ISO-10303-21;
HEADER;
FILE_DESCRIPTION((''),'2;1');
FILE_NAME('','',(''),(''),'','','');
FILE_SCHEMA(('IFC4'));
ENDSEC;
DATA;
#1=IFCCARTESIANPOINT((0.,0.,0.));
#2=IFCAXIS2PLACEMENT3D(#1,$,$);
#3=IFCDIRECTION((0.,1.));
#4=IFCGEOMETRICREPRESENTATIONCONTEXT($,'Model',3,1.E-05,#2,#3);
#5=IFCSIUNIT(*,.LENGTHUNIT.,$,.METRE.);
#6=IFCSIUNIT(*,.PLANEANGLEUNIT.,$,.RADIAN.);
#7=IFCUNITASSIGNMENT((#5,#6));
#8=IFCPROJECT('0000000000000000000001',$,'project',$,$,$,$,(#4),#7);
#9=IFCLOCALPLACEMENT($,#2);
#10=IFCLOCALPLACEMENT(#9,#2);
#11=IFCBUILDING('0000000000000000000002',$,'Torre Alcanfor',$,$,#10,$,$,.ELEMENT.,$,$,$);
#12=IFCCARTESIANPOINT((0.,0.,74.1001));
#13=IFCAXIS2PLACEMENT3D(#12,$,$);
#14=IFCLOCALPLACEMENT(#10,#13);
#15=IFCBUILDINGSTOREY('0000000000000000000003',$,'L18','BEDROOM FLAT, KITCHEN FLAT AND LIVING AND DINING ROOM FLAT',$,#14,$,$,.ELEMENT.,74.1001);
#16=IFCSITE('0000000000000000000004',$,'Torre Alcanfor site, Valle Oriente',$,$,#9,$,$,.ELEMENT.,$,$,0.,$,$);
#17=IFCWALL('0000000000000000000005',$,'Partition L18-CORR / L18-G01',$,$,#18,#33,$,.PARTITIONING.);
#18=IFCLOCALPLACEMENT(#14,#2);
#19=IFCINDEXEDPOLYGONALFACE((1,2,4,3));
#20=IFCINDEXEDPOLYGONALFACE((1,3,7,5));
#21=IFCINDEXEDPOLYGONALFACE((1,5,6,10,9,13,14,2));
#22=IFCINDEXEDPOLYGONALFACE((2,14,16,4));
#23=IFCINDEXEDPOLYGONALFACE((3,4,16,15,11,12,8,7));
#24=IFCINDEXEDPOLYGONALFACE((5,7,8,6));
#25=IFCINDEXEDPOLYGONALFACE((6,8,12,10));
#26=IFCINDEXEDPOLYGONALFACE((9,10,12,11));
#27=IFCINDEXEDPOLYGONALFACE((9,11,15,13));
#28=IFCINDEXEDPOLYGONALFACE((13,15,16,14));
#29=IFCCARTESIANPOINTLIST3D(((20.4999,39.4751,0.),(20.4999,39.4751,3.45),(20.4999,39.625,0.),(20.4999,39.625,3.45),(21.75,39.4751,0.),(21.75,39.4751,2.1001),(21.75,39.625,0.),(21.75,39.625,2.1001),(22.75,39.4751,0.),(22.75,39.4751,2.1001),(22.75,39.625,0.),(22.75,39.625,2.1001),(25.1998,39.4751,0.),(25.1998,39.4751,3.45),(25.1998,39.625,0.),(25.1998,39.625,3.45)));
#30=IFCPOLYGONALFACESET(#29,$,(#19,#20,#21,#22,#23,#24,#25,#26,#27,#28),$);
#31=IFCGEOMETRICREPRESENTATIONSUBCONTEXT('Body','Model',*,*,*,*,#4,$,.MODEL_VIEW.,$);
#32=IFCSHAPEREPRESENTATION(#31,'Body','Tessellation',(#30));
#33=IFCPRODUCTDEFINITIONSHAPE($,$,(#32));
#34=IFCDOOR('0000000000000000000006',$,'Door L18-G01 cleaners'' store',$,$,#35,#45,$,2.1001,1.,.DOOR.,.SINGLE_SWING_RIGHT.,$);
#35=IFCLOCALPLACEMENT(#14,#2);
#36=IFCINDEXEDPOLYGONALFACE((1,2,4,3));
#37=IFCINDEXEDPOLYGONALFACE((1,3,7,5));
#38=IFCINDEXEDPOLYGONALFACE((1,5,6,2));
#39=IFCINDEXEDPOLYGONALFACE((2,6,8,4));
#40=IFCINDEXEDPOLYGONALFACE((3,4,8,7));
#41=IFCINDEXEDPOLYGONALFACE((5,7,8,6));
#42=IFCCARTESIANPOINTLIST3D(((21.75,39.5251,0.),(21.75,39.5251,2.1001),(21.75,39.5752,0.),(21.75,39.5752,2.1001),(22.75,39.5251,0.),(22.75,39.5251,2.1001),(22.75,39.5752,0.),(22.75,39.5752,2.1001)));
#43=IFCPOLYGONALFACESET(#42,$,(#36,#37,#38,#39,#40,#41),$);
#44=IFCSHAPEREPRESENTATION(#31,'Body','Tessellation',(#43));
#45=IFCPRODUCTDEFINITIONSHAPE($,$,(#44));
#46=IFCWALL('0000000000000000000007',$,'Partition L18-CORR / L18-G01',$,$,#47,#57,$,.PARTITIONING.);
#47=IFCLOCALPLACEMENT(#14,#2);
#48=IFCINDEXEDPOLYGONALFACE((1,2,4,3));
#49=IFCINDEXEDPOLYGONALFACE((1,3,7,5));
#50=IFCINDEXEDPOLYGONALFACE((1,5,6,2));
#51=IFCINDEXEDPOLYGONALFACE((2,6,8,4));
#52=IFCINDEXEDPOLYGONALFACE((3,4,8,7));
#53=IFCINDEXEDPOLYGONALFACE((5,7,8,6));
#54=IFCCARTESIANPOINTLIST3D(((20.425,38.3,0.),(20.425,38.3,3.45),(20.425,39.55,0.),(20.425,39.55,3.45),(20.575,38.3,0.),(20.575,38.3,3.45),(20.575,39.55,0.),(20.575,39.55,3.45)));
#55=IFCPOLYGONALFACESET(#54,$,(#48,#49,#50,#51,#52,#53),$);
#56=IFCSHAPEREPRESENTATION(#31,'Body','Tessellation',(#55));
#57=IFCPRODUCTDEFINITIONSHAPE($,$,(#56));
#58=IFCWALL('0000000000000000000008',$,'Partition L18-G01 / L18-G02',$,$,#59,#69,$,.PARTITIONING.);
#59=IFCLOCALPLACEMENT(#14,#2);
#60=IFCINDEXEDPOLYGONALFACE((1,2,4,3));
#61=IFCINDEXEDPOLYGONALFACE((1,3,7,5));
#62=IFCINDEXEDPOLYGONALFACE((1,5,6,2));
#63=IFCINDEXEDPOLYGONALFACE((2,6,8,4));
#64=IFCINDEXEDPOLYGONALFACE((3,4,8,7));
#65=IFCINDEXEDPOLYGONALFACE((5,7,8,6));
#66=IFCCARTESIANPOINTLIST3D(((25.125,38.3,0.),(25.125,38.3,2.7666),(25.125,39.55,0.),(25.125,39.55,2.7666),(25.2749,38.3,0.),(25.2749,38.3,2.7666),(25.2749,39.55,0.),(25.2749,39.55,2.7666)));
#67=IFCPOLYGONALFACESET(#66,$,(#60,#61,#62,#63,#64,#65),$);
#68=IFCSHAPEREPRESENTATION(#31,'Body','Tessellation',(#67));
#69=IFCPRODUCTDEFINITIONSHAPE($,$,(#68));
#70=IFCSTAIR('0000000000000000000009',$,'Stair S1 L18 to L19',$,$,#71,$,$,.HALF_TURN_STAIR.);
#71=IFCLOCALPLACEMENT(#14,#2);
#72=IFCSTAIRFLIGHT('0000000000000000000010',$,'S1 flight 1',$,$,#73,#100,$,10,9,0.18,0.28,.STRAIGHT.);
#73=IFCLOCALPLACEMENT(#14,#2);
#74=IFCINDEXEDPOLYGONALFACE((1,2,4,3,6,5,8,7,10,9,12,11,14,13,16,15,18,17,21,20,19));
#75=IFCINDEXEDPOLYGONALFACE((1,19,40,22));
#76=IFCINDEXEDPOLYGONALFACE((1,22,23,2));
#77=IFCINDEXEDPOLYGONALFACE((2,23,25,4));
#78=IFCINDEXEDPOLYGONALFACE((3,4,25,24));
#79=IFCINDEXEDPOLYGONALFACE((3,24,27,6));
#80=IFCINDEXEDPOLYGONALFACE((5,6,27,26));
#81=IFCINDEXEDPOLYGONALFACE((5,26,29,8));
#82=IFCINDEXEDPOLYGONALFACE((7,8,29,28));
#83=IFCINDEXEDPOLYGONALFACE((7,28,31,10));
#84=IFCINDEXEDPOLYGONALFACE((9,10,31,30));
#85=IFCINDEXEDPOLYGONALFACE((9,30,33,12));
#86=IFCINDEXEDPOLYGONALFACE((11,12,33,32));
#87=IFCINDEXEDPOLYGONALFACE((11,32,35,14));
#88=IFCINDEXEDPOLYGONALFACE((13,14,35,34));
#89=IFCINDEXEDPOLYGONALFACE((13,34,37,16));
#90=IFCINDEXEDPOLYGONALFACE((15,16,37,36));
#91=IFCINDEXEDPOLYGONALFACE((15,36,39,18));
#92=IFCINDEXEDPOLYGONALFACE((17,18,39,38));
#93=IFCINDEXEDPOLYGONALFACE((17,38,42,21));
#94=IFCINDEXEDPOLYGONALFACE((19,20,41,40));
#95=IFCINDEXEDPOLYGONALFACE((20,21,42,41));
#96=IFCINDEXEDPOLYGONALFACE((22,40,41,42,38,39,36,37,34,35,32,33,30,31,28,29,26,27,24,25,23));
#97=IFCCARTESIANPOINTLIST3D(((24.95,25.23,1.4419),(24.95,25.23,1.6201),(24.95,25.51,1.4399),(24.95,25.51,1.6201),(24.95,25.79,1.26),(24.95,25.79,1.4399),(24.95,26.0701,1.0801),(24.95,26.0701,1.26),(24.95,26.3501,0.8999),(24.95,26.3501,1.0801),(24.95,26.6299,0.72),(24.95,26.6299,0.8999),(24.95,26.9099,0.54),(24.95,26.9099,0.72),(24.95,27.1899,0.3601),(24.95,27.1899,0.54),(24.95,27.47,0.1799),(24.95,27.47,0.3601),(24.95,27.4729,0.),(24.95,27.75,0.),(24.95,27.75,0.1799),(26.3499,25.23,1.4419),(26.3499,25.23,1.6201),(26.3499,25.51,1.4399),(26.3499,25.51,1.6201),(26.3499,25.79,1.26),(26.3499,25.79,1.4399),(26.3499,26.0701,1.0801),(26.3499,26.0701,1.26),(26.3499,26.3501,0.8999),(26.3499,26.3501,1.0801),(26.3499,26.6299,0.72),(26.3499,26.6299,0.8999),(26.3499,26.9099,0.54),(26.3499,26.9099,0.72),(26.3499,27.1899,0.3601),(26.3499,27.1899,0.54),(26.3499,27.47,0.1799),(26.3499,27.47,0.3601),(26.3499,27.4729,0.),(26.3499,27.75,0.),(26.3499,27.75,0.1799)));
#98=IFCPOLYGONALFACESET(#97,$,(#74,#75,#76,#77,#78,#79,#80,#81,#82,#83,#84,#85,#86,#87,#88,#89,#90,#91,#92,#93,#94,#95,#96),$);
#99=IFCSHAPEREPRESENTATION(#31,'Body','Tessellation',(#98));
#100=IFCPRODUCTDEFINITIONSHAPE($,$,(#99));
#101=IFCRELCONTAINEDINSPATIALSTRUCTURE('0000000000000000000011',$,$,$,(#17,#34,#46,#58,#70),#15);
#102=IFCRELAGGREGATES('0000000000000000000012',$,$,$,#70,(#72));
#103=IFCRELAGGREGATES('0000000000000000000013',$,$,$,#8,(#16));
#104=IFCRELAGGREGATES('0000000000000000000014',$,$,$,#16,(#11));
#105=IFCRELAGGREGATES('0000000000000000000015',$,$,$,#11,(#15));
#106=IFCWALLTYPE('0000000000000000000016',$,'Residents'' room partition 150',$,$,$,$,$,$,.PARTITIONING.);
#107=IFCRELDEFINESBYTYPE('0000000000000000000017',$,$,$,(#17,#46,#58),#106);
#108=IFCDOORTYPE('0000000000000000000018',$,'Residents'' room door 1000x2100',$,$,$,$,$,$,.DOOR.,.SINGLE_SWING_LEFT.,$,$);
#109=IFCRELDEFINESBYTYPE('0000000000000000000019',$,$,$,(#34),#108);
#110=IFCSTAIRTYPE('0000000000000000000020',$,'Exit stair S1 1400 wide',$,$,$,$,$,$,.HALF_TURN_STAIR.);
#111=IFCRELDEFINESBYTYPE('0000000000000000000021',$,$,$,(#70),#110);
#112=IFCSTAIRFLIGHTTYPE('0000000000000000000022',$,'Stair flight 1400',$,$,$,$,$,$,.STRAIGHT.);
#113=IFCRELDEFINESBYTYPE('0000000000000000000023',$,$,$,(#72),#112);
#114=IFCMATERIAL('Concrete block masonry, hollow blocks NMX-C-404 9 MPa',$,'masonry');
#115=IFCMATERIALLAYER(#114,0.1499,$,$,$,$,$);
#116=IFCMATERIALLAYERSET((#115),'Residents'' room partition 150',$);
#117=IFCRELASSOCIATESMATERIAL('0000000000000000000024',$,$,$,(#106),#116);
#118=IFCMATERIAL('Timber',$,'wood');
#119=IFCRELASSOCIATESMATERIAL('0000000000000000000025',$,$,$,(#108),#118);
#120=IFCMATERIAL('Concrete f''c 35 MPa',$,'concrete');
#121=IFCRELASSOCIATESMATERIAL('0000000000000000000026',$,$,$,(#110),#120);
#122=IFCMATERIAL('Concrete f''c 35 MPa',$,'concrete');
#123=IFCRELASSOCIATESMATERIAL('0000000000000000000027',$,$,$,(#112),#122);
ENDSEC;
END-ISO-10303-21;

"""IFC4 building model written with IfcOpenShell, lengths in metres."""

from ifc_helpers import new_model, si_unit, direction, frame, frame_2d, origin, place, context, subcontext, project, spatial, polyline, rectangle, outline, extrude, material, layer, layer_set, type_object, element, fill, aggregate, save


model = new_model("IFC4")

# Units and contexts
model_context = context("Model", 3, precision=1e-05, world=origin(), true_north=direction((0.0, 1.0)))
body_context = subcontext(model_context, "Body", "Model", "MODEL_VIEW")
ifc_project = project(units=[si_unit("LENGTHUNIT", "METRE"), si_unit("PLANEANGLEUNIT", "RADIAN")], contexts=[model_context])

# Site, building, storey
site_placement = place(None, origin())
site = spatial("IfcSite", under=ifc_project, at=site_placement, Name="Torre Alcanfor site, Valle Oriente", CompositionType="ELEMENT", RefElevation=0.0)
building_placement = place(site_placement, origin())
building = spatial("IfcBuilding", under=site, at=building_placement, Name="Torre Alcanfor", CompositionType="ELEMENT")
storey_placement = place(building_placement, frame((0.0, 0.0, 74.1001)))
storey = spatial("IfcBuildingStorey", under=building, at=storey_placement, Name="L18", Description="BEDROOM FLAT, KITCHEN FLAT AND LIVING AND DINING ROOM FLAT", CompositionType="ELEMENT", Elevation=74.1001)

# Wall, opening, door
ifc_material_1 = material(Name="Concrete block masonry, hollow blocks NMX-C-404 9 MPa", Category="masonry")
ifc_layer_1 = layer(ifc_material_1, 0.1499)
ifc_layer_set_1 = layer_set([ifc_layer_1], Name="Residents' room partition 150")
wall_type_1 = type_object("IfcWallType", Name="Residents' room partition 150", PredefinedType="PARTITIONING", material=ifc_layer_set_1)
wall_1_placement = place(storey_placement, frame((25.2, 39.55, 0.0), z_axis=(0.0, 0.0, 1.0), x_axis=(-1.0, 0.0, 0.0)))
wall_1 = element("IfcWall", 1, at=wall_1_placement, inside=storey, type_object=wall_type_1, Name="Partition L18-CORR / L18-G01", PredefinedType="PARTITIONING", context=body_context, shape_type="SweptSolid", body=[
    extrude(rectangle(XDim=4.7, YDim=0.1499, at=frame_2d((2.3501, 0.0))), origin(), (0.0, 0.0, 1.0), 3.45),
])
opening_1_placement = place(wall_1_placement, frame((2.45, 0.0, 0.0)))
opening_1 = element("IfcOpeningElement", 2, at=opening_1_placement, cuts=wall_1, PredefinedType="OPENING", context=body_context, shape_type="SweptSolid", body=[
    extrude(rectangle(XDim=1.0, YDim=2.1001, at=frame_2d((0.5, 1.05))), frame((0.0, 0.085, 0.0), z_axis=(0.0, -1.0, 0.0), x_axis=(1.0, 0.0, 0.0)), (0.0, 0.0, 1.0), 0.1699),
])
ifc_material_2 = material(Name="Timber", Category="wood")
door_type_1 = type_object("IfcDoorType", Name="Residents' room door 1000x2100", OperationType="SINGLE_SWING_LEFT", PredefinedType="DOOR", material=ifc_material_2)
door_1_placement = place(opening_1_placement, origin())
door_1 = element("IfcDoor", 3, at=door_1_placement, inside=storey, type_object=door_type_1, Name="Door L18-G01 cleaners' store", OperationType="SINGLE_SWING_RIGHT", OverallHeight=2.1001, OverallWidth=1.0, PredefinedType="DOOR", context=body_context, shape_type="SweptSolid", body=[
    extrude(rectangle(XDim=1.0, YDim=2.1001, at=frame_2d((0.5, 1.05))), frame((0.0, 0.0249, 0.0), z_axis=(0.0, -1.0, 0.0), x_axis=(1.0, 0.0, 0.0)), (0.0, 0.0, 1.0), 0.05),
])
fill(opening_1, door_1)

# Walls
wall_2_placement = place(storey_placement, frame((20.5, 39.55, 0.0), z_axis=(0.0, 0.0, 1.0), x_axis=(0.0, -1.0, 0.0)))
element("IfcWall", 4, at=wall_2_placement, inside=storey, type_object=wall_type_1, Name="Partition L18-CORR / L18-G01", PredefinedType="PARTITIONING", context=body_context, shape_type="SweptSolid", body=[
    extrude(rectangle(XDim=1.25, YDim=0.1499, at=frame_2d((0.625, 0.0))), origin(), (0.0, 0.0, 1.0), 3.45),
])
wall_3_placement = place(storey_placement, frame((25.2, 38.3, 0.0), z_axis=(0.0, 0.0, 1.0), x_axis=(0.0, 1.0, 0.0)))
element("IfcWall", 5, at=wall_3_placement, inside=storey, type_object=wall_type_1, Name="Partition L18-G01 / L18-G02", PredefinedType="PARTITIONING", context=body_context, shape_type="SweptSolid", body=[
    extrude(rectangle(XDim=1.25, YDim=0.1499, at=frame_2d((0.625, 0.0))), origin(), (0.0, 0.0, 1.0), 2.7666),
])

# Stair, stair flight
ifc_material_3 = material(Name="Concrete f'c 35 MPa", Category="concrete")
stair_type = type_object("IfcStairType", Name="Exit stair S1 1400 wide", PredefinedType="HALF_TURN_STAIR", material=ifc_material_3)
stair_placement = place(storey_placement, origin())
stair = element("IfcStair", 6, at=stair_placement, inside=storey, type_object=stair_type, Name="Stair S1 L18 to L19", PredefinedType="HALF_TURN_STAIR")
ifc_material_4 = material(Name="Concrete f'c 35 MPa", Category="concrete")
stair_flight_type = type_object("IfcStairFlightType", Name="Stair flight 1400", PredefinedType="STRAIGHT", material=ifc_material_4)
stair_flight_placement = place(storey_placement, frame((25.6499, 27.75, 0.0), z_axis=(0.0, 0.0, 1.0), x_axis=(0.0, -1.0, 0.0)))
stair_flight = element("IfcStairFlight", 7, at=stair_flight_placement, type_object=stair_flight_type, Name="S1 flight 1", NumberOfRisers=10, NumberOfTreads=9, PredefinedType="STRAIGHT", RiserHeight=0.18, TreadLength=0.28, context=body_context, shape_type="SweptSolid", body=[
    extrude(outline(polyline([(0.0, 0.0), (0.0, 0.1799), (0.28, 0.1799), (0.28, 0.3601), (0.5601, 0.3601), (0.5601, 0.54), (0.8401, 0.54), (0.8401, 0.72), (1.1201, 0.72), (1.1201, 0.8999), (1.3999, 0.8999), (1.3999, 1.0801), (1.6799, 1.0801), (1.6799, 1.26), (1.96, 1.26), (1.96, 1.4399), (2.24, 1.4399), (2.24, 1.6201), (2.52, 1.6201), (2.52, 1.8), (2.52, 1.4419), (0.2771, 0.0), (0.0, 0.0)])), frame((0.0, 0.7, 0.0), z_axis=(0.0, -1.0, 0.0), x_axis=(1.0, 0.0, 0.0)), (0.0, 0.0, 1.0), 1.3999),
])
aggregate(stair, [stair_flight])

save(model, "model.ifc")
